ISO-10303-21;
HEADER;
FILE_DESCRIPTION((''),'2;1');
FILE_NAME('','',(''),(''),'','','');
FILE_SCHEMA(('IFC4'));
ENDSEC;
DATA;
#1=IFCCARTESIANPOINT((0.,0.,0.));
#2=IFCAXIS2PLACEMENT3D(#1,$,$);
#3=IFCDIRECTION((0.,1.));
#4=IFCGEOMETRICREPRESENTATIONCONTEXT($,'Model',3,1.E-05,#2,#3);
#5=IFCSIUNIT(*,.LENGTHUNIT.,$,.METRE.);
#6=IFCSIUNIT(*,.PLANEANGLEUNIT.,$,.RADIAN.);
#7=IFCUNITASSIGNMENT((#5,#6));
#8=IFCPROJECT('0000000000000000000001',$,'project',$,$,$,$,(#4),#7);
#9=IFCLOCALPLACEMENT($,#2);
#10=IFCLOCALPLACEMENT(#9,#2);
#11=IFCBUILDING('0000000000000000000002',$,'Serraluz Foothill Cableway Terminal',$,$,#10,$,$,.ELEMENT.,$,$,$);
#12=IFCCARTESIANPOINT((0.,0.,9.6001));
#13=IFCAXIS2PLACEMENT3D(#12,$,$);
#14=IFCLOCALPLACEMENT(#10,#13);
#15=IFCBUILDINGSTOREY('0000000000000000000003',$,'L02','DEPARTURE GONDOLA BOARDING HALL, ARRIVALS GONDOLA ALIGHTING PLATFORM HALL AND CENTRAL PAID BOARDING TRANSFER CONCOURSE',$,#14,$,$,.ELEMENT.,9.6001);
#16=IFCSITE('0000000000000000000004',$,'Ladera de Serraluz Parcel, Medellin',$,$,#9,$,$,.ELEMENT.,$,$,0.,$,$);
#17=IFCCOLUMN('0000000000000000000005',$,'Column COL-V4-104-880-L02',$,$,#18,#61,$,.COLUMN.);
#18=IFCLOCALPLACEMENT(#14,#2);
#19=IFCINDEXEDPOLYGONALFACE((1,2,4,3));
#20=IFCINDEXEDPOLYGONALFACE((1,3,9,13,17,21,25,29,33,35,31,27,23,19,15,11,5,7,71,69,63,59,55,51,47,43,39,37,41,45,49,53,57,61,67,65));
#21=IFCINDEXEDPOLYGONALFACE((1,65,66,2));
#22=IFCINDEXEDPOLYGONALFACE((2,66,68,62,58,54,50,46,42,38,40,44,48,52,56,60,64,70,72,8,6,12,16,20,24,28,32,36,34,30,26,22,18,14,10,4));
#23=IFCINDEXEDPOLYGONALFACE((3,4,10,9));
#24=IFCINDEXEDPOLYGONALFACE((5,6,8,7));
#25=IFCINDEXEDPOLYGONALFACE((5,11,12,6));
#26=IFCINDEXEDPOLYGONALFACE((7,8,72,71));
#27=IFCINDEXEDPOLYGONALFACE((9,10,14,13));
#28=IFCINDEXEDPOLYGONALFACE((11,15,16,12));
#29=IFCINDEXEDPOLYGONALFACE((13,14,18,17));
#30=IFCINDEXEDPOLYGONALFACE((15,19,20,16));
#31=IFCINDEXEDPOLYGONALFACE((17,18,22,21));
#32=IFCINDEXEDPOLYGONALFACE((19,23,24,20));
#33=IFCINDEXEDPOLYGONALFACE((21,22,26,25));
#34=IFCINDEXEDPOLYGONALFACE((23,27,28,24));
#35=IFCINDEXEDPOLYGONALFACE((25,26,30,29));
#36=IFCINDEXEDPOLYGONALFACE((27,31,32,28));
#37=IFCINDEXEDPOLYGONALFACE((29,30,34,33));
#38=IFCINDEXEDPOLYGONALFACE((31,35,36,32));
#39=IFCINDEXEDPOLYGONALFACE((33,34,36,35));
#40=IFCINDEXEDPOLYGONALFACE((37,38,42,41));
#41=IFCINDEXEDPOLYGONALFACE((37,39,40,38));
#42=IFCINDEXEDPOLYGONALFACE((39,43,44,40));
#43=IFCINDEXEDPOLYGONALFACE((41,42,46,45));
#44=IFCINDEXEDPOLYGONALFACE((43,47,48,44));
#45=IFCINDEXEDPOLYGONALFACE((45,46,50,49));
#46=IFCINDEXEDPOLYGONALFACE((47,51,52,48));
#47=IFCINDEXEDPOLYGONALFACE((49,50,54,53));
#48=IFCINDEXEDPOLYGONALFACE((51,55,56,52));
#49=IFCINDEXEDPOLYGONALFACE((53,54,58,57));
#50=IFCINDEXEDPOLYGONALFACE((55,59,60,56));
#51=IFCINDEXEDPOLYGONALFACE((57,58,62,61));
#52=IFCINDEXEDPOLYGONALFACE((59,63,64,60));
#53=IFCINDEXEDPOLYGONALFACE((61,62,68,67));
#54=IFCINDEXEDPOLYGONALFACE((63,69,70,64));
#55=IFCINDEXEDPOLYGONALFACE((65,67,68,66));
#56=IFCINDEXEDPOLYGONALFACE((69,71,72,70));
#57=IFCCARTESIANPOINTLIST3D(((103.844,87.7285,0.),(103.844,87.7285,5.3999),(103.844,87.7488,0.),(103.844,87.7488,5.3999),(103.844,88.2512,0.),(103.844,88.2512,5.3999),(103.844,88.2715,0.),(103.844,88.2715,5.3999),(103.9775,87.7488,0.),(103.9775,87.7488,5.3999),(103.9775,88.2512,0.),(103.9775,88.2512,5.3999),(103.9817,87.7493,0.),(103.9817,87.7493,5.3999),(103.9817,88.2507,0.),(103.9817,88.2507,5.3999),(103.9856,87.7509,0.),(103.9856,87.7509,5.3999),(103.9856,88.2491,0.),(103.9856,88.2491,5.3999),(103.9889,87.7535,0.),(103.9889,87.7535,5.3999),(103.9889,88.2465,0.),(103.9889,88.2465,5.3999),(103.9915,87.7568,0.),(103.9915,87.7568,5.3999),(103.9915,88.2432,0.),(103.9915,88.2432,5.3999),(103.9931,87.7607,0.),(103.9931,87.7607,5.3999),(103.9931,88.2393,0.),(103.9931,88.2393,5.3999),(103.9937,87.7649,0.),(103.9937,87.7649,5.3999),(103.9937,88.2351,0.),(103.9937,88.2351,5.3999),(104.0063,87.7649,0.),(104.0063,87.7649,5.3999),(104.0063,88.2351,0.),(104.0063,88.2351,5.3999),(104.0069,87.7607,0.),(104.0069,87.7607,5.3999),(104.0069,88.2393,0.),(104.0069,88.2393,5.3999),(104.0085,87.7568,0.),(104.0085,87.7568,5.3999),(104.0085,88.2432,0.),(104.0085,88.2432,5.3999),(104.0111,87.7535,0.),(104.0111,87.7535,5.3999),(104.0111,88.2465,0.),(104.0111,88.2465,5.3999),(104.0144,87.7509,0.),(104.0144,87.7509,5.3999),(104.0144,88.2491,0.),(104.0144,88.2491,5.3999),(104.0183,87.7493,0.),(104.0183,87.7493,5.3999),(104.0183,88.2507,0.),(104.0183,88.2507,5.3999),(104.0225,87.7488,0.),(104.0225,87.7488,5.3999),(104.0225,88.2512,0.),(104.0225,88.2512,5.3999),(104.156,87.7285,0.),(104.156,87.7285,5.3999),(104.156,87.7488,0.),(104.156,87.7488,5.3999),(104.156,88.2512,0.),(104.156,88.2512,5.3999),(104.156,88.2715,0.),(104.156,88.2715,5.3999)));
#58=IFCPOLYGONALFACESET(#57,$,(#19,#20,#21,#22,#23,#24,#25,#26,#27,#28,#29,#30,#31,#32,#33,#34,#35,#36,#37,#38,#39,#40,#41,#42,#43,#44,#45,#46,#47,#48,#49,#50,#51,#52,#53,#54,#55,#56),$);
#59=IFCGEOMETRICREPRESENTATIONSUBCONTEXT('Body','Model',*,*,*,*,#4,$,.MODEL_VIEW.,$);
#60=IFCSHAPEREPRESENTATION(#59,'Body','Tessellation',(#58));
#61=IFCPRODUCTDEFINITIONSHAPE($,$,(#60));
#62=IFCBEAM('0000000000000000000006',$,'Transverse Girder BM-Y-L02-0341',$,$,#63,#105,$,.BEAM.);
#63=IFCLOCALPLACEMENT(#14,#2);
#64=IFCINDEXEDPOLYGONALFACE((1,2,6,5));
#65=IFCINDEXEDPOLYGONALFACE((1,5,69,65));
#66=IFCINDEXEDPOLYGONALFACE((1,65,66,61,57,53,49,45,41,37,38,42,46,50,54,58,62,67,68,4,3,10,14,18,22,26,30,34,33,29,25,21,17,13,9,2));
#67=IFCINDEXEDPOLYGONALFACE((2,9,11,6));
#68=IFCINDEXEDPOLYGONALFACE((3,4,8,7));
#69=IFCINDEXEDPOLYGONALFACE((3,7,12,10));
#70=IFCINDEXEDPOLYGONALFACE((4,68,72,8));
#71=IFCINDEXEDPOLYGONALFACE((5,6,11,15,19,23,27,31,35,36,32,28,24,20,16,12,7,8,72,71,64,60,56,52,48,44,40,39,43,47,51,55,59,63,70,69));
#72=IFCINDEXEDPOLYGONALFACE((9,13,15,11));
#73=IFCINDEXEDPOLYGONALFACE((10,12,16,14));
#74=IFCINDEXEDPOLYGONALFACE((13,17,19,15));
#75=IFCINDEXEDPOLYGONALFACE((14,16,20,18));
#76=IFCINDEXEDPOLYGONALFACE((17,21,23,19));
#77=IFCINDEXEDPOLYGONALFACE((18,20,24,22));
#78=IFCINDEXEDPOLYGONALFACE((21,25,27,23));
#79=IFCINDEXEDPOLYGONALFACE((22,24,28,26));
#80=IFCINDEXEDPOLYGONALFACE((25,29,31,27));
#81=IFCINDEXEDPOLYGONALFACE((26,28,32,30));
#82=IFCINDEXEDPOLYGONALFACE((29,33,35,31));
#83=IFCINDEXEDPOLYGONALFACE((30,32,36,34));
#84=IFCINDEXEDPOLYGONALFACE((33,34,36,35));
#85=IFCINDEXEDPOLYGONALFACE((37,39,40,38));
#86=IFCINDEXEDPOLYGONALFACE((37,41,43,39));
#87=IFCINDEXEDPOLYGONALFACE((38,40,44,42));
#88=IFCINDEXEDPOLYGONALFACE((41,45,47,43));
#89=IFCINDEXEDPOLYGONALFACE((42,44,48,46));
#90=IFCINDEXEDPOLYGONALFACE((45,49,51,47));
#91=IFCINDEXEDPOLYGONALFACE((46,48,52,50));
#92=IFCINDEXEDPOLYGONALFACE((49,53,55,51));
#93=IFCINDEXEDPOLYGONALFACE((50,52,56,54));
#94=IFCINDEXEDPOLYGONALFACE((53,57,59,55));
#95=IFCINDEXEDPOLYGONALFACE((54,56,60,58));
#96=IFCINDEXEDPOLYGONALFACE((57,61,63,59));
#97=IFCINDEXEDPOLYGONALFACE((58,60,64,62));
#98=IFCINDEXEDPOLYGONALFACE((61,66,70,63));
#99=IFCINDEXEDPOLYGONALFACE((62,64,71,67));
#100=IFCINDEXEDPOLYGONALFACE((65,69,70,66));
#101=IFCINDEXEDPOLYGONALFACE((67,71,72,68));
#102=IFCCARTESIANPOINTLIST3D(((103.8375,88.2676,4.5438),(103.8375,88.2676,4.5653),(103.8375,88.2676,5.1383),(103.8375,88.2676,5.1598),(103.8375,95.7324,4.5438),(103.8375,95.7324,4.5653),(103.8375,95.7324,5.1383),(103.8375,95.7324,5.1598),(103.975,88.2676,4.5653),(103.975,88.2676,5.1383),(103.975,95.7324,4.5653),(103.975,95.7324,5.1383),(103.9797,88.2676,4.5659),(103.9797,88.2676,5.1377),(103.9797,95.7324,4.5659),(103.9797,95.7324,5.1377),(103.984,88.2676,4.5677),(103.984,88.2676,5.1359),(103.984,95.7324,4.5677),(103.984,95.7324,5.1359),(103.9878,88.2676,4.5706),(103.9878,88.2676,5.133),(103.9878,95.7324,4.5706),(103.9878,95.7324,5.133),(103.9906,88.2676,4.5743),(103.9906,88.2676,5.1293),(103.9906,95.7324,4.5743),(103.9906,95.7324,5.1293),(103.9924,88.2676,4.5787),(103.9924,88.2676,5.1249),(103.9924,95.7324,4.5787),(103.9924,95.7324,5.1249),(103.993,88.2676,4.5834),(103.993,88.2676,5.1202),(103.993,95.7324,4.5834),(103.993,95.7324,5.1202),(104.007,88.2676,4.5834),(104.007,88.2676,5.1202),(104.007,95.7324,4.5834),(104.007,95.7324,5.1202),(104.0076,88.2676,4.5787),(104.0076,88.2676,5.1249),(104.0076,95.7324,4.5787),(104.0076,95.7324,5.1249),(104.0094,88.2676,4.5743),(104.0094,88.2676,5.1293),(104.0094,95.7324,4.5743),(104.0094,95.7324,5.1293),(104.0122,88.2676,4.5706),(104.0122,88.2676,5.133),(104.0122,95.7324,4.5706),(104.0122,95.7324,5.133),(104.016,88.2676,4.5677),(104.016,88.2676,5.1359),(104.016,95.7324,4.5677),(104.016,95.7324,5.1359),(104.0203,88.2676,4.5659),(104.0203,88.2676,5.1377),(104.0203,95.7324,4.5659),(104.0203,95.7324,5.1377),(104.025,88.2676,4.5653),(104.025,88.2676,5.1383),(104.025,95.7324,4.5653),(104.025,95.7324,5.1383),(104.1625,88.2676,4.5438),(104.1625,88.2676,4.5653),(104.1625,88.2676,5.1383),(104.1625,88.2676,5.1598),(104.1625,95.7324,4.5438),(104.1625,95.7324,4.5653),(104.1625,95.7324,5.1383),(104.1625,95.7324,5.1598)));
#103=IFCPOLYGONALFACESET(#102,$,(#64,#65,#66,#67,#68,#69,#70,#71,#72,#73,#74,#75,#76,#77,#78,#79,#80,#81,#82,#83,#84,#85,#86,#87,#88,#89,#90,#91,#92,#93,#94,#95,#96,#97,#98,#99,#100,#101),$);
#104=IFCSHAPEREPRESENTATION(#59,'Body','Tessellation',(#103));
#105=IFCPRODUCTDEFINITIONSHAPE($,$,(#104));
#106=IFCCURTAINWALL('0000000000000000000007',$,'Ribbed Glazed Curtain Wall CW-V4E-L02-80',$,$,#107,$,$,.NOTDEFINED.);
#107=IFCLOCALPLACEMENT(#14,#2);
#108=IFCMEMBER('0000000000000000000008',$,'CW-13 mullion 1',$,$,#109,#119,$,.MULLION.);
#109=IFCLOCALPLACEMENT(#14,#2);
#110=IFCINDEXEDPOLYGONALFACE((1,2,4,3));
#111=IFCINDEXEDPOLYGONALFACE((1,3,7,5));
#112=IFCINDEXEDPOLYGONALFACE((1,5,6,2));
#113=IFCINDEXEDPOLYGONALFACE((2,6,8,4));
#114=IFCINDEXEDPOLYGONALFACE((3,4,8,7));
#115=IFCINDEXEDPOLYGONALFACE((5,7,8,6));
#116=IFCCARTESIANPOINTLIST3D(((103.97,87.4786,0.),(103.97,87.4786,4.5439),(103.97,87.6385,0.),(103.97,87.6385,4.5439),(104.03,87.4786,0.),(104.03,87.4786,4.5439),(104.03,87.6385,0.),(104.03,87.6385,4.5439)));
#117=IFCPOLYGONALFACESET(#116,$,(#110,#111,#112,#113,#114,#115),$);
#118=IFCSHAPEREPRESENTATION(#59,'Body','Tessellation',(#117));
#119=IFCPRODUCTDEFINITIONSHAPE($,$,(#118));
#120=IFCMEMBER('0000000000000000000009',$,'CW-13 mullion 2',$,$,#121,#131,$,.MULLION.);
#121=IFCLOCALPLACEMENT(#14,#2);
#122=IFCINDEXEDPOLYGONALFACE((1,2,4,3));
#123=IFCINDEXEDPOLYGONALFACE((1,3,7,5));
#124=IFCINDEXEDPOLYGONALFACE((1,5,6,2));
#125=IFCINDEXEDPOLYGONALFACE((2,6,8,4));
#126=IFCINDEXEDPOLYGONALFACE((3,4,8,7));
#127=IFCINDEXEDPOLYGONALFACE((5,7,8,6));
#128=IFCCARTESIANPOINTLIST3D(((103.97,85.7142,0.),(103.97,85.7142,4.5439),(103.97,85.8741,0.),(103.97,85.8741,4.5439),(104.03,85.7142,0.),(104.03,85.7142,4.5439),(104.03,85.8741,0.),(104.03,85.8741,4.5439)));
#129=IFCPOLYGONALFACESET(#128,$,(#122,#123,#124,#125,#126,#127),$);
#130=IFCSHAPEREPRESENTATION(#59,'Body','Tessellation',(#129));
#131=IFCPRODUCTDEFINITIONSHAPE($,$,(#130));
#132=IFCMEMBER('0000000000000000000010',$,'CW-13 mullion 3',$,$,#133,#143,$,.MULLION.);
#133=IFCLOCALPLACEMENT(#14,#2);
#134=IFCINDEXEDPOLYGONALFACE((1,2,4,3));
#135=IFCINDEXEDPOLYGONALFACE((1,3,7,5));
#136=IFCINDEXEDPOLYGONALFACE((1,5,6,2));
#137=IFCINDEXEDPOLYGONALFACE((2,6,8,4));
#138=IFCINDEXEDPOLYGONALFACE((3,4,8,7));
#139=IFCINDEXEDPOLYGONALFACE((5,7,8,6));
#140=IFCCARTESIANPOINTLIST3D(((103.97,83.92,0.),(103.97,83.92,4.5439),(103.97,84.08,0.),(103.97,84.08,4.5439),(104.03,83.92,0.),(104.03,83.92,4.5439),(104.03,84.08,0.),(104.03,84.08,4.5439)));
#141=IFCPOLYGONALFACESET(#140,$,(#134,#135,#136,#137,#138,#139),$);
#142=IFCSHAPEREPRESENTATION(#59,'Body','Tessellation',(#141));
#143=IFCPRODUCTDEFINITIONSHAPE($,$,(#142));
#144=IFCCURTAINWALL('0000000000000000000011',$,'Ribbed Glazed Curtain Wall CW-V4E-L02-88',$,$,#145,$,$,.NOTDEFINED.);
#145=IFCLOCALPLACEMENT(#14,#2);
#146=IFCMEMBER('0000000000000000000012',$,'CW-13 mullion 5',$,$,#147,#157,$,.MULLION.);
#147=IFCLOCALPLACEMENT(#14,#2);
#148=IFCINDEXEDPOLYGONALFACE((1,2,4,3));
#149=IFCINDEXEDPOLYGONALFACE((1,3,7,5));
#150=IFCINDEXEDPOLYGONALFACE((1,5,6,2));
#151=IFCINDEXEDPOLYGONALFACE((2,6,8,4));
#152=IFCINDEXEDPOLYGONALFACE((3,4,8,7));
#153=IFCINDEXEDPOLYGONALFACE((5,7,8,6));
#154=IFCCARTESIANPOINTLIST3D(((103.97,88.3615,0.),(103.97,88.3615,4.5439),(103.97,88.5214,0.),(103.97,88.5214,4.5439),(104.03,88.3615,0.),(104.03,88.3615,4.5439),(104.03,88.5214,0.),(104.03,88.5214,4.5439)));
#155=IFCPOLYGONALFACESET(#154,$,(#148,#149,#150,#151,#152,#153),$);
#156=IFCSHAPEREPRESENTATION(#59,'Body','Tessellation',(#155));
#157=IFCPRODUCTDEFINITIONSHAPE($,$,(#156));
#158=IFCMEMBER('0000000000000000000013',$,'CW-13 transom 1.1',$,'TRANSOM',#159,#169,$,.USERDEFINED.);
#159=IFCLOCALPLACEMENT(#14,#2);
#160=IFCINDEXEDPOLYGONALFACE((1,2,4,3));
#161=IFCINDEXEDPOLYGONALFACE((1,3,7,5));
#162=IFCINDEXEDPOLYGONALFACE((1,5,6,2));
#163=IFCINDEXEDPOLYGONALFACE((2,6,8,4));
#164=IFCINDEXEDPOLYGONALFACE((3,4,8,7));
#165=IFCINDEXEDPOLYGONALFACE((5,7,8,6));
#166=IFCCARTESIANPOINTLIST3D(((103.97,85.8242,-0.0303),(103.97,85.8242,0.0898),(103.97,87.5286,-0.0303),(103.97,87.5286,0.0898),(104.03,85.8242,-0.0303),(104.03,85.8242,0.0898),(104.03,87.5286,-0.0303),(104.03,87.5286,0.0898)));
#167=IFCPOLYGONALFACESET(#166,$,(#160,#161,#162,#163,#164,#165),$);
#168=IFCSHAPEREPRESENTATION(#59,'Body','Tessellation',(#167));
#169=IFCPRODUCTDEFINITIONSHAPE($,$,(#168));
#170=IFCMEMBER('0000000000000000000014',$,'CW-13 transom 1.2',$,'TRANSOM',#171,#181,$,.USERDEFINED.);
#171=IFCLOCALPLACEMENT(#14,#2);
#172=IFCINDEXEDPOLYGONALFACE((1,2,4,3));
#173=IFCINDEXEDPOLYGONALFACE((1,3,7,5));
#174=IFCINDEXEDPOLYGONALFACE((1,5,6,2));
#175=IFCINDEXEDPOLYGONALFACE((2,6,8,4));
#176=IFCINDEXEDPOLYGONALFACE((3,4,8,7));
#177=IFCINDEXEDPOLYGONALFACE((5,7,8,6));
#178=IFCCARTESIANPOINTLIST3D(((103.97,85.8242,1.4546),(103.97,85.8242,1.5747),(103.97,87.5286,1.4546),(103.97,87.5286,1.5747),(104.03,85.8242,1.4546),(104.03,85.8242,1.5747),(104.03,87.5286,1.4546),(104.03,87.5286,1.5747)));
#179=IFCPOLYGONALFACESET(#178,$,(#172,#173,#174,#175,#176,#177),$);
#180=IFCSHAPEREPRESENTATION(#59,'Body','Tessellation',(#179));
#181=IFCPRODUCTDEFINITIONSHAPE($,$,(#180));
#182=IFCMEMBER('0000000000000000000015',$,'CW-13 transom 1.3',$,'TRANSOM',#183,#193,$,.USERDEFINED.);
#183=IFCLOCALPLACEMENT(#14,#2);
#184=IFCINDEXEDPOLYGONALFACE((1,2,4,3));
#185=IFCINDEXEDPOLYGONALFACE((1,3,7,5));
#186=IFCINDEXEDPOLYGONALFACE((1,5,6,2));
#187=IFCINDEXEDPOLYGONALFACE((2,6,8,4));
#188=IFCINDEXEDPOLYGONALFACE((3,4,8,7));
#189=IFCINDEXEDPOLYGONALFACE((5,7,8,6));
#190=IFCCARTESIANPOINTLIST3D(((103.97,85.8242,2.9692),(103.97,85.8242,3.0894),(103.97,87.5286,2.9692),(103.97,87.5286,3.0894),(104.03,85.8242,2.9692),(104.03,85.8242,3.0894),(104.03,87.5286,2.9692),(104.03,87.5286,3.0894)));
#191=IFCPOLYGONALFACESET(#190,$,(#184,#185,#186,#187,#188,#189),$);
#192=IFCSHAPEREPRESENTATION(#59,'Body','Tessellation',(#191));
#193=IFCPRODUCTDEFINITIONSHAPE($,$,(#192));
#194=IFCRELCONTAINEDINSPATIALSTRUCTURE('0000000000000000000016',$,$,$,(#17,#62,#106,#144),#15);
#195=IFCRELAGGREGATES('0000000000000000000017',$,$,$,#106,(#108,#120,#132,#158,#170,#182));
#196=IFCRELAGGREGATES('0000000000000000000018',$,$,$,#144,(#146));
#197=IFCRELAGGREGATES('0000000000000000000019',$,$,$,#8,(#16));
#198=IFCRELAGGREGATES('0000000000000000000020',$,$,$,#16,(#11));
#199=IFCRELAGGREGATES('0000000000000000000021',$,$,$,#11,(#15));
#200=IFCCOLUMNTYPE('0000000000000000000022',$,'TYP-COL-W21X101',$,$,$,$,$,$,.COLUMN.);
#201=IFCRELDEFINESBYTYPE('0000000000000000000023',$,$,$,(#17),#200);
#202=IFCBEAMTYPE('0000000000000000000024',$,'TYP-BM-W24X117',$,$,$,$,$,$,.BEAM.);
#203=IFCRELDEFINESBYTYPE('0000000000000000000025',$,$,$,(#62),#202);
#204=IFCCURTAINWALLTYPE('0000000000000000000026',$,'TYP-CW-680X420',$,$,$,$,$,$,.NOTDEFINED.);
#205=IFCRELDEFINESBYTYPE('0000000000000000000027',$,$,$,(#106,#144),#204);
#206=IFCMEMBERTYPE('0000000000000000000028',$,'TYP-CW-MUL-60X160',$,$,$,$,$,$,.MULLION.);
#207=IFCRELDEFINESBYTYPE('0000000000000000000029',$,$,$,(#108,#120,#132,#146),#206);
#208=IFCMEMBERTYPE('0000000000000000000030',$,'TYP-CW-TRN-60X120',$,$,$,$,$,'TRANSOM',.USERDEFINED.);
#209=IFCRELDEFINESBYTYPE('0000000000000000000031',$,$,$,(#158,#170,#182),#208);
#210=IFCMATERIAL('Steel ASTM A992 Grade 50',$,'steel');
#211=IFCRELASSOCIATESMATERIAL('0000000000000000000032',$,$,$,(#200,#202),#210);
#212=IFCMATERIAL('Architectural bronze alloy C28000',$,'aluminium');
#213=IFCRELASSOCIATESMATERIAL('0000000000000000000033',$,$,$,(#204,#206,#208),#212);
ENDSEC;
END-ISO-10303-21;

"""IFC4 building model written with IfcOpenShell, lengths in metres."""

from ifc_helpers import new_model, si_unit, direction, frame, origin, origin_2d, place, context, subcontext, project, spatial, rectangle, i_section, extrude, material, material_profile, profile_set, type_object, element, aggregate, save


model = new_model("IFC4")

# Units and contexts
model_context = context("Model", 3, precision=1e-05, world=origin(), true_north=direction((0.0, 1.0)))
body_context = subcontext(model_context, "Body", "Model", "MODEL_VIEW")
ifc_project = project(units=[si_unit("LENGTHUNIT", "METRE"), si_unit("PLANEANGLEUNIT", "RADIAN")], contexts=[model_context])

# Site, building, storey
site_placement = place(None, origin())
site = spatial("IfcSite", under=ifc_project, at=site_placement, Name="Ladera de Serraluz Parcel, Medellin", CompositionType="ELEMENT", RefElevation=0.0)
building_placement = place(site_placement, origin())
building = spatial("IfcBuilding", under=site, at=building_placement, Name="Serraluz Foothill Cableway Terminal", CompositionType="ELEMENT")
storey_placement = place(building_placement, frame((0.0, 0.0, 9.6001)))
storey = spatial("IfcBuildingStorey", under=building, at=storey_placement, Name="L02", Description="DEPARTURE GONDOLA BOARDING HALL, ARRIVALS GONDOLA ALIGHTING PLATFORM HALL AND CENTRAL PAID BOARDING TRANSFER CONCOURSE", CompositionType="ELEMENT", Elevation=9.6001)

# Column
ifc_material_1 = material(Name="Steel ASTM A992 Grade 50", Category="steel")
ifc_material_profile_1 = material_profile(ifc_material_1, i_section(OverallWidth=0.312, OverallDepth=0.543, WebThickness=0.0127, FlangeThickness=0.0203, FilletRadius=0.0161, at=origin_2d()), Name="W21X101")
ifc_profile_set_1 = profile_set([ifc_material_profile_1], Name="Steel ASTM A992 Grade 50")
column_type = type_object("IfcColumnType", Name="TYP-COL-W21X101", PredefinedType="COLUMN", material=ifc_profile_set_1)
column_placement = place(storey_placement, frame((104.0, 88.0, 0.0), z_axis=(0.0, 0.0, 1.0), x_axis=(1.0, 0.0, 0.0)))
element("IfcColumn", 1, at=column_placement, inside=storey, type_object=column_type, Name="Column COL-V4-104-880-L02", PredefinedType="COLUMN", context=body_context, shape_type="SweptSolid", body=[
    extrude(i_section(OverallWidth=0.312, OverallDepth=0.543, WebThickness=0.0127, FlangeThickness=0.0203, FilletRadius=0.0161, at=origin_2d()), origin(), (0.0, 0.0, 1.0), 5.3999),
])

# Beam
ifc_material_profile_2 = material_profile(ifc_material_1, i_section(OverallWidth=0.325, OverallDepth=0.616, WebThickness=0.0139, FlangeThickness=0.0215, FilletRadius=0.0181, at=origin_2d()), Name="W24X117")
ifc_profile_set_2 = profile_set([ifc_material_profile_2], Name="Steel ASTM A992 Grade 50")
beam_type = type_object("IfcBeamType", Name="TYP-BM-W24X117", PredefinedType="BEAM", material=ifc_profile_set_2)
beam_placement = place(storey_placement, frame((104.0, 88.2676, 4.8518), z_axis=(0.0, 1.0, 0.0), x_axis=(-1.0, 0.0, 0.0)))
element("IfcBeam", 2, at=beam_placement, inside=storey, type_object=beam_type, Name="Transverse Girder BM-Y-L02-0341", PredefinedType="BEAM", context=body_context, shape_type="SweptSolid", body=[
    extrude(i_section(OverallWidth=0.325, OverallDepth=0.616, WebThickness=0.0139, FlangeThickness=0.0215, FilletRadius=0.0181, at=origin_2d()), origin(), (0.0, 0.0, 1.0), 7.4648),
])

# Curtain wall, members
ifc_material_2 = material(Name="Architectural bronze alloy C28000", Category="aluminium")
curtain_wall_type = type_object("IfcCurtainWallType", Name="TYP-CW-680X420", PredefinedType="NOTDEFINED", material=ifc_material_2)
curtain_wall_1_placement = place(storey_placement, origin())
curtain_wall_1 = element("IfcCurtainWall", 3, at=curtain_wall_1_placement, inside=storey, type_object=curtain_wall_type, Name="Ribbed Glazed Curtain Wall CW-V4E-L02-80", PredefinedType="NOTDEFINED")
ifc_material_profile_3 = material_profile(ifc_material_2, rectangle(XDim=0.0601, YDim=0.1599, at=origin_2d()), Name="ALU MULLION 60x160")
ifc_profile_set_3 = profile_set([ifc_material_profile_3], Name="Architectural bronze alloy C28000")
member_type_1 = type_object("IfcMemberType", Name="TYP-CW-MUL-60X160", PredefinedType="MULLION", material=ifc_profile_set_3)
member_1_placement = place(storey_placement, frame((104.0, 87.5586, 0.0), z_axis=(0.0, 0.0, 1.0), x_axis=(1.0, 0.0, 0.0)))
member_1 = element("IfcMember", 4, at=member_1_placement, type_object=member_type_1, Name="CW-13 mullion 1", PredefinedType="MULLION", context=body_context, shape_type="SweptSolid", body=[
    extrude(rectangle(XDim=0.0601, YDim=0.1599, at=origin_2d()), origin(), (0.0, 0.0, 1.0), 4.5439),
])
member_2_placement = place(storey_placement, frame((104.0, 85.7942, 0.0), z_axis=(0.0, 0.0, 1.0), x_axis=(1.0, 0.0, 0.0)))
member_2 = element("IfcMember", 5, at=member_2_placement, type_object=member_type_1, Name="CW-13 mullion 2", PredefinedType="MULLION", context=body_context, shape_type="SweptSolid", body=[
    extrude(rectangle(XDim=0.0601, YDim=0.1599, at=origin_2d()), origin(), (0.0, 0.0, 1.0), 4.5439),
])
member_3_placement = place(storey_placement, frame((104.0, 84.0, 0.0), z_axis=(0.0, 0.0, 1.0), x_axis=(1.0, 0.0, 0.0)))
member_3 = element("IfcMember", 6, at=member_3_placement, type_object=member_type_1, Name="CW-13 mullion 3", PredefinedType="MULLION", context=body_context, shape_type="SweptSolid", body=[
    extrude(rectangle(XDim=0.0601, YDim=0.1599, at=origin_2d()), origin(), (0.0, 0.0, 1.0), 4.5439),
])

# Curtain wall, member
curtain_wall_2_placement = place(storey_placement, origin())
curtain_wall_2 = element("IfcCurtainWall", 7, at=curtain_wall_2_placement, inside=storey, type_object=curtain_wall_type, Name="Ribbed Glazed Curtain Wall CW-V4E-L02-88", PredefinedType="NOTDEFINED")
member_4_placement = place(storey_placement, frame((104.0, 88.4414, 0.0), z_axis=(0.0, 0.0, 1.0), x_axis=(1.0, 0.0, 0.0)))
member_4 = element("IfcMember", 8, at=member_4_placement, type_object=member_type_1, Name="CW-13 mullion 5", PredefinedType="MULLION", context=body_context, shape_type="SweptSolid", body=[
    extrude(rectangle(XDim=0.0601, YDim=0.1599, at=origin_2d()), origin(), (0.0, 0.0, 1.0), 4.5439),
])

# Members
ifc_material_profile_4 = material_profile(ifc_material_2, rectangle(XDim=0.0601, YDim=0.1201, at=origin_2d()), Name="ALU TRANSOM 60x120")
ifc_profile_set_4 = profile_set([ifc_material_profile_4], Name="Architectural bronze alloy C28000")
member_type_2 = type_object("IfcMemberType", Name="TYP-CW-TRN-60X120", ElementType="TRANSOM", PredefinedType="USERDEFINED", material=ifc_profile_set_4)
member_5_placement = place(storey_placement, frame((104.0, 87.5286, 0.0298), z_axis=(0.0, -1.0, 0.0), x_axis=(1.0, 0.0, 0.0)))
member_5 = element("IfcMember", 9, at=member_5_placement, type_object=member_type_2, Name="CW-13 transom 1.1", ObjectType="TRANSOM", PredefinedType="USERDEFINED", context=body_context, shape_type="SweptSolid", body=[
    extrude(rectangle(XDim=0.0601, YDim=0.1201, at=origin_2d()), origin(), (0.0, 0.0, 1.0), 1.7043),
])
member_6_placement = place(storey_placement, frame((104.0, 87.5286, 1.5146), z_axis=(0.0, -1.0, 0.0), x_axis=(1.0, 0.0, 0.0)))
member_6 = element("IfcMember", 10, at=member_6_placement, type_object=member_type_2, Name="CW-13 transom 1.2", ObjectType="TRANSOM", PredefinedType="USERDEFINED", context=body_context, shape_type="SweptSolid", body=[
    extrude(rectangle(XDim=0.0601, YDim=0.1201, at=origin_2d()), origin(), (0.0, 0.0, 1.0), 1.7043),
])
member_7_placement = place(storey_placement, frame((104.0, 87.5286, 3.0293), z_axis=(0.0, -1.0, 0.0), x_axis=(1.0, 0.0, 0.0)))
member_7 = element("IfcMember", 11, at=member_7_placement, type_object=member_type_2, Name="CW-13 transom 1.3", ObjectType="TRANSOM", PredefinedType="USERDEFINED", context=body_context, shape_type="SweptSolid", body=[
    extrude(rectangle(XDim=0.0601, YDim=0.1201, at=origin_2d()), origin(), (0.0, 0.0, 1.0), 1.7043),
])

aggregate(curtain_wall_1, [member_1, member_2, member_3, member_5, member_6, member_7])
aggregate(curtain_wall_2, [member_4])

save(model, "model.ifc")
